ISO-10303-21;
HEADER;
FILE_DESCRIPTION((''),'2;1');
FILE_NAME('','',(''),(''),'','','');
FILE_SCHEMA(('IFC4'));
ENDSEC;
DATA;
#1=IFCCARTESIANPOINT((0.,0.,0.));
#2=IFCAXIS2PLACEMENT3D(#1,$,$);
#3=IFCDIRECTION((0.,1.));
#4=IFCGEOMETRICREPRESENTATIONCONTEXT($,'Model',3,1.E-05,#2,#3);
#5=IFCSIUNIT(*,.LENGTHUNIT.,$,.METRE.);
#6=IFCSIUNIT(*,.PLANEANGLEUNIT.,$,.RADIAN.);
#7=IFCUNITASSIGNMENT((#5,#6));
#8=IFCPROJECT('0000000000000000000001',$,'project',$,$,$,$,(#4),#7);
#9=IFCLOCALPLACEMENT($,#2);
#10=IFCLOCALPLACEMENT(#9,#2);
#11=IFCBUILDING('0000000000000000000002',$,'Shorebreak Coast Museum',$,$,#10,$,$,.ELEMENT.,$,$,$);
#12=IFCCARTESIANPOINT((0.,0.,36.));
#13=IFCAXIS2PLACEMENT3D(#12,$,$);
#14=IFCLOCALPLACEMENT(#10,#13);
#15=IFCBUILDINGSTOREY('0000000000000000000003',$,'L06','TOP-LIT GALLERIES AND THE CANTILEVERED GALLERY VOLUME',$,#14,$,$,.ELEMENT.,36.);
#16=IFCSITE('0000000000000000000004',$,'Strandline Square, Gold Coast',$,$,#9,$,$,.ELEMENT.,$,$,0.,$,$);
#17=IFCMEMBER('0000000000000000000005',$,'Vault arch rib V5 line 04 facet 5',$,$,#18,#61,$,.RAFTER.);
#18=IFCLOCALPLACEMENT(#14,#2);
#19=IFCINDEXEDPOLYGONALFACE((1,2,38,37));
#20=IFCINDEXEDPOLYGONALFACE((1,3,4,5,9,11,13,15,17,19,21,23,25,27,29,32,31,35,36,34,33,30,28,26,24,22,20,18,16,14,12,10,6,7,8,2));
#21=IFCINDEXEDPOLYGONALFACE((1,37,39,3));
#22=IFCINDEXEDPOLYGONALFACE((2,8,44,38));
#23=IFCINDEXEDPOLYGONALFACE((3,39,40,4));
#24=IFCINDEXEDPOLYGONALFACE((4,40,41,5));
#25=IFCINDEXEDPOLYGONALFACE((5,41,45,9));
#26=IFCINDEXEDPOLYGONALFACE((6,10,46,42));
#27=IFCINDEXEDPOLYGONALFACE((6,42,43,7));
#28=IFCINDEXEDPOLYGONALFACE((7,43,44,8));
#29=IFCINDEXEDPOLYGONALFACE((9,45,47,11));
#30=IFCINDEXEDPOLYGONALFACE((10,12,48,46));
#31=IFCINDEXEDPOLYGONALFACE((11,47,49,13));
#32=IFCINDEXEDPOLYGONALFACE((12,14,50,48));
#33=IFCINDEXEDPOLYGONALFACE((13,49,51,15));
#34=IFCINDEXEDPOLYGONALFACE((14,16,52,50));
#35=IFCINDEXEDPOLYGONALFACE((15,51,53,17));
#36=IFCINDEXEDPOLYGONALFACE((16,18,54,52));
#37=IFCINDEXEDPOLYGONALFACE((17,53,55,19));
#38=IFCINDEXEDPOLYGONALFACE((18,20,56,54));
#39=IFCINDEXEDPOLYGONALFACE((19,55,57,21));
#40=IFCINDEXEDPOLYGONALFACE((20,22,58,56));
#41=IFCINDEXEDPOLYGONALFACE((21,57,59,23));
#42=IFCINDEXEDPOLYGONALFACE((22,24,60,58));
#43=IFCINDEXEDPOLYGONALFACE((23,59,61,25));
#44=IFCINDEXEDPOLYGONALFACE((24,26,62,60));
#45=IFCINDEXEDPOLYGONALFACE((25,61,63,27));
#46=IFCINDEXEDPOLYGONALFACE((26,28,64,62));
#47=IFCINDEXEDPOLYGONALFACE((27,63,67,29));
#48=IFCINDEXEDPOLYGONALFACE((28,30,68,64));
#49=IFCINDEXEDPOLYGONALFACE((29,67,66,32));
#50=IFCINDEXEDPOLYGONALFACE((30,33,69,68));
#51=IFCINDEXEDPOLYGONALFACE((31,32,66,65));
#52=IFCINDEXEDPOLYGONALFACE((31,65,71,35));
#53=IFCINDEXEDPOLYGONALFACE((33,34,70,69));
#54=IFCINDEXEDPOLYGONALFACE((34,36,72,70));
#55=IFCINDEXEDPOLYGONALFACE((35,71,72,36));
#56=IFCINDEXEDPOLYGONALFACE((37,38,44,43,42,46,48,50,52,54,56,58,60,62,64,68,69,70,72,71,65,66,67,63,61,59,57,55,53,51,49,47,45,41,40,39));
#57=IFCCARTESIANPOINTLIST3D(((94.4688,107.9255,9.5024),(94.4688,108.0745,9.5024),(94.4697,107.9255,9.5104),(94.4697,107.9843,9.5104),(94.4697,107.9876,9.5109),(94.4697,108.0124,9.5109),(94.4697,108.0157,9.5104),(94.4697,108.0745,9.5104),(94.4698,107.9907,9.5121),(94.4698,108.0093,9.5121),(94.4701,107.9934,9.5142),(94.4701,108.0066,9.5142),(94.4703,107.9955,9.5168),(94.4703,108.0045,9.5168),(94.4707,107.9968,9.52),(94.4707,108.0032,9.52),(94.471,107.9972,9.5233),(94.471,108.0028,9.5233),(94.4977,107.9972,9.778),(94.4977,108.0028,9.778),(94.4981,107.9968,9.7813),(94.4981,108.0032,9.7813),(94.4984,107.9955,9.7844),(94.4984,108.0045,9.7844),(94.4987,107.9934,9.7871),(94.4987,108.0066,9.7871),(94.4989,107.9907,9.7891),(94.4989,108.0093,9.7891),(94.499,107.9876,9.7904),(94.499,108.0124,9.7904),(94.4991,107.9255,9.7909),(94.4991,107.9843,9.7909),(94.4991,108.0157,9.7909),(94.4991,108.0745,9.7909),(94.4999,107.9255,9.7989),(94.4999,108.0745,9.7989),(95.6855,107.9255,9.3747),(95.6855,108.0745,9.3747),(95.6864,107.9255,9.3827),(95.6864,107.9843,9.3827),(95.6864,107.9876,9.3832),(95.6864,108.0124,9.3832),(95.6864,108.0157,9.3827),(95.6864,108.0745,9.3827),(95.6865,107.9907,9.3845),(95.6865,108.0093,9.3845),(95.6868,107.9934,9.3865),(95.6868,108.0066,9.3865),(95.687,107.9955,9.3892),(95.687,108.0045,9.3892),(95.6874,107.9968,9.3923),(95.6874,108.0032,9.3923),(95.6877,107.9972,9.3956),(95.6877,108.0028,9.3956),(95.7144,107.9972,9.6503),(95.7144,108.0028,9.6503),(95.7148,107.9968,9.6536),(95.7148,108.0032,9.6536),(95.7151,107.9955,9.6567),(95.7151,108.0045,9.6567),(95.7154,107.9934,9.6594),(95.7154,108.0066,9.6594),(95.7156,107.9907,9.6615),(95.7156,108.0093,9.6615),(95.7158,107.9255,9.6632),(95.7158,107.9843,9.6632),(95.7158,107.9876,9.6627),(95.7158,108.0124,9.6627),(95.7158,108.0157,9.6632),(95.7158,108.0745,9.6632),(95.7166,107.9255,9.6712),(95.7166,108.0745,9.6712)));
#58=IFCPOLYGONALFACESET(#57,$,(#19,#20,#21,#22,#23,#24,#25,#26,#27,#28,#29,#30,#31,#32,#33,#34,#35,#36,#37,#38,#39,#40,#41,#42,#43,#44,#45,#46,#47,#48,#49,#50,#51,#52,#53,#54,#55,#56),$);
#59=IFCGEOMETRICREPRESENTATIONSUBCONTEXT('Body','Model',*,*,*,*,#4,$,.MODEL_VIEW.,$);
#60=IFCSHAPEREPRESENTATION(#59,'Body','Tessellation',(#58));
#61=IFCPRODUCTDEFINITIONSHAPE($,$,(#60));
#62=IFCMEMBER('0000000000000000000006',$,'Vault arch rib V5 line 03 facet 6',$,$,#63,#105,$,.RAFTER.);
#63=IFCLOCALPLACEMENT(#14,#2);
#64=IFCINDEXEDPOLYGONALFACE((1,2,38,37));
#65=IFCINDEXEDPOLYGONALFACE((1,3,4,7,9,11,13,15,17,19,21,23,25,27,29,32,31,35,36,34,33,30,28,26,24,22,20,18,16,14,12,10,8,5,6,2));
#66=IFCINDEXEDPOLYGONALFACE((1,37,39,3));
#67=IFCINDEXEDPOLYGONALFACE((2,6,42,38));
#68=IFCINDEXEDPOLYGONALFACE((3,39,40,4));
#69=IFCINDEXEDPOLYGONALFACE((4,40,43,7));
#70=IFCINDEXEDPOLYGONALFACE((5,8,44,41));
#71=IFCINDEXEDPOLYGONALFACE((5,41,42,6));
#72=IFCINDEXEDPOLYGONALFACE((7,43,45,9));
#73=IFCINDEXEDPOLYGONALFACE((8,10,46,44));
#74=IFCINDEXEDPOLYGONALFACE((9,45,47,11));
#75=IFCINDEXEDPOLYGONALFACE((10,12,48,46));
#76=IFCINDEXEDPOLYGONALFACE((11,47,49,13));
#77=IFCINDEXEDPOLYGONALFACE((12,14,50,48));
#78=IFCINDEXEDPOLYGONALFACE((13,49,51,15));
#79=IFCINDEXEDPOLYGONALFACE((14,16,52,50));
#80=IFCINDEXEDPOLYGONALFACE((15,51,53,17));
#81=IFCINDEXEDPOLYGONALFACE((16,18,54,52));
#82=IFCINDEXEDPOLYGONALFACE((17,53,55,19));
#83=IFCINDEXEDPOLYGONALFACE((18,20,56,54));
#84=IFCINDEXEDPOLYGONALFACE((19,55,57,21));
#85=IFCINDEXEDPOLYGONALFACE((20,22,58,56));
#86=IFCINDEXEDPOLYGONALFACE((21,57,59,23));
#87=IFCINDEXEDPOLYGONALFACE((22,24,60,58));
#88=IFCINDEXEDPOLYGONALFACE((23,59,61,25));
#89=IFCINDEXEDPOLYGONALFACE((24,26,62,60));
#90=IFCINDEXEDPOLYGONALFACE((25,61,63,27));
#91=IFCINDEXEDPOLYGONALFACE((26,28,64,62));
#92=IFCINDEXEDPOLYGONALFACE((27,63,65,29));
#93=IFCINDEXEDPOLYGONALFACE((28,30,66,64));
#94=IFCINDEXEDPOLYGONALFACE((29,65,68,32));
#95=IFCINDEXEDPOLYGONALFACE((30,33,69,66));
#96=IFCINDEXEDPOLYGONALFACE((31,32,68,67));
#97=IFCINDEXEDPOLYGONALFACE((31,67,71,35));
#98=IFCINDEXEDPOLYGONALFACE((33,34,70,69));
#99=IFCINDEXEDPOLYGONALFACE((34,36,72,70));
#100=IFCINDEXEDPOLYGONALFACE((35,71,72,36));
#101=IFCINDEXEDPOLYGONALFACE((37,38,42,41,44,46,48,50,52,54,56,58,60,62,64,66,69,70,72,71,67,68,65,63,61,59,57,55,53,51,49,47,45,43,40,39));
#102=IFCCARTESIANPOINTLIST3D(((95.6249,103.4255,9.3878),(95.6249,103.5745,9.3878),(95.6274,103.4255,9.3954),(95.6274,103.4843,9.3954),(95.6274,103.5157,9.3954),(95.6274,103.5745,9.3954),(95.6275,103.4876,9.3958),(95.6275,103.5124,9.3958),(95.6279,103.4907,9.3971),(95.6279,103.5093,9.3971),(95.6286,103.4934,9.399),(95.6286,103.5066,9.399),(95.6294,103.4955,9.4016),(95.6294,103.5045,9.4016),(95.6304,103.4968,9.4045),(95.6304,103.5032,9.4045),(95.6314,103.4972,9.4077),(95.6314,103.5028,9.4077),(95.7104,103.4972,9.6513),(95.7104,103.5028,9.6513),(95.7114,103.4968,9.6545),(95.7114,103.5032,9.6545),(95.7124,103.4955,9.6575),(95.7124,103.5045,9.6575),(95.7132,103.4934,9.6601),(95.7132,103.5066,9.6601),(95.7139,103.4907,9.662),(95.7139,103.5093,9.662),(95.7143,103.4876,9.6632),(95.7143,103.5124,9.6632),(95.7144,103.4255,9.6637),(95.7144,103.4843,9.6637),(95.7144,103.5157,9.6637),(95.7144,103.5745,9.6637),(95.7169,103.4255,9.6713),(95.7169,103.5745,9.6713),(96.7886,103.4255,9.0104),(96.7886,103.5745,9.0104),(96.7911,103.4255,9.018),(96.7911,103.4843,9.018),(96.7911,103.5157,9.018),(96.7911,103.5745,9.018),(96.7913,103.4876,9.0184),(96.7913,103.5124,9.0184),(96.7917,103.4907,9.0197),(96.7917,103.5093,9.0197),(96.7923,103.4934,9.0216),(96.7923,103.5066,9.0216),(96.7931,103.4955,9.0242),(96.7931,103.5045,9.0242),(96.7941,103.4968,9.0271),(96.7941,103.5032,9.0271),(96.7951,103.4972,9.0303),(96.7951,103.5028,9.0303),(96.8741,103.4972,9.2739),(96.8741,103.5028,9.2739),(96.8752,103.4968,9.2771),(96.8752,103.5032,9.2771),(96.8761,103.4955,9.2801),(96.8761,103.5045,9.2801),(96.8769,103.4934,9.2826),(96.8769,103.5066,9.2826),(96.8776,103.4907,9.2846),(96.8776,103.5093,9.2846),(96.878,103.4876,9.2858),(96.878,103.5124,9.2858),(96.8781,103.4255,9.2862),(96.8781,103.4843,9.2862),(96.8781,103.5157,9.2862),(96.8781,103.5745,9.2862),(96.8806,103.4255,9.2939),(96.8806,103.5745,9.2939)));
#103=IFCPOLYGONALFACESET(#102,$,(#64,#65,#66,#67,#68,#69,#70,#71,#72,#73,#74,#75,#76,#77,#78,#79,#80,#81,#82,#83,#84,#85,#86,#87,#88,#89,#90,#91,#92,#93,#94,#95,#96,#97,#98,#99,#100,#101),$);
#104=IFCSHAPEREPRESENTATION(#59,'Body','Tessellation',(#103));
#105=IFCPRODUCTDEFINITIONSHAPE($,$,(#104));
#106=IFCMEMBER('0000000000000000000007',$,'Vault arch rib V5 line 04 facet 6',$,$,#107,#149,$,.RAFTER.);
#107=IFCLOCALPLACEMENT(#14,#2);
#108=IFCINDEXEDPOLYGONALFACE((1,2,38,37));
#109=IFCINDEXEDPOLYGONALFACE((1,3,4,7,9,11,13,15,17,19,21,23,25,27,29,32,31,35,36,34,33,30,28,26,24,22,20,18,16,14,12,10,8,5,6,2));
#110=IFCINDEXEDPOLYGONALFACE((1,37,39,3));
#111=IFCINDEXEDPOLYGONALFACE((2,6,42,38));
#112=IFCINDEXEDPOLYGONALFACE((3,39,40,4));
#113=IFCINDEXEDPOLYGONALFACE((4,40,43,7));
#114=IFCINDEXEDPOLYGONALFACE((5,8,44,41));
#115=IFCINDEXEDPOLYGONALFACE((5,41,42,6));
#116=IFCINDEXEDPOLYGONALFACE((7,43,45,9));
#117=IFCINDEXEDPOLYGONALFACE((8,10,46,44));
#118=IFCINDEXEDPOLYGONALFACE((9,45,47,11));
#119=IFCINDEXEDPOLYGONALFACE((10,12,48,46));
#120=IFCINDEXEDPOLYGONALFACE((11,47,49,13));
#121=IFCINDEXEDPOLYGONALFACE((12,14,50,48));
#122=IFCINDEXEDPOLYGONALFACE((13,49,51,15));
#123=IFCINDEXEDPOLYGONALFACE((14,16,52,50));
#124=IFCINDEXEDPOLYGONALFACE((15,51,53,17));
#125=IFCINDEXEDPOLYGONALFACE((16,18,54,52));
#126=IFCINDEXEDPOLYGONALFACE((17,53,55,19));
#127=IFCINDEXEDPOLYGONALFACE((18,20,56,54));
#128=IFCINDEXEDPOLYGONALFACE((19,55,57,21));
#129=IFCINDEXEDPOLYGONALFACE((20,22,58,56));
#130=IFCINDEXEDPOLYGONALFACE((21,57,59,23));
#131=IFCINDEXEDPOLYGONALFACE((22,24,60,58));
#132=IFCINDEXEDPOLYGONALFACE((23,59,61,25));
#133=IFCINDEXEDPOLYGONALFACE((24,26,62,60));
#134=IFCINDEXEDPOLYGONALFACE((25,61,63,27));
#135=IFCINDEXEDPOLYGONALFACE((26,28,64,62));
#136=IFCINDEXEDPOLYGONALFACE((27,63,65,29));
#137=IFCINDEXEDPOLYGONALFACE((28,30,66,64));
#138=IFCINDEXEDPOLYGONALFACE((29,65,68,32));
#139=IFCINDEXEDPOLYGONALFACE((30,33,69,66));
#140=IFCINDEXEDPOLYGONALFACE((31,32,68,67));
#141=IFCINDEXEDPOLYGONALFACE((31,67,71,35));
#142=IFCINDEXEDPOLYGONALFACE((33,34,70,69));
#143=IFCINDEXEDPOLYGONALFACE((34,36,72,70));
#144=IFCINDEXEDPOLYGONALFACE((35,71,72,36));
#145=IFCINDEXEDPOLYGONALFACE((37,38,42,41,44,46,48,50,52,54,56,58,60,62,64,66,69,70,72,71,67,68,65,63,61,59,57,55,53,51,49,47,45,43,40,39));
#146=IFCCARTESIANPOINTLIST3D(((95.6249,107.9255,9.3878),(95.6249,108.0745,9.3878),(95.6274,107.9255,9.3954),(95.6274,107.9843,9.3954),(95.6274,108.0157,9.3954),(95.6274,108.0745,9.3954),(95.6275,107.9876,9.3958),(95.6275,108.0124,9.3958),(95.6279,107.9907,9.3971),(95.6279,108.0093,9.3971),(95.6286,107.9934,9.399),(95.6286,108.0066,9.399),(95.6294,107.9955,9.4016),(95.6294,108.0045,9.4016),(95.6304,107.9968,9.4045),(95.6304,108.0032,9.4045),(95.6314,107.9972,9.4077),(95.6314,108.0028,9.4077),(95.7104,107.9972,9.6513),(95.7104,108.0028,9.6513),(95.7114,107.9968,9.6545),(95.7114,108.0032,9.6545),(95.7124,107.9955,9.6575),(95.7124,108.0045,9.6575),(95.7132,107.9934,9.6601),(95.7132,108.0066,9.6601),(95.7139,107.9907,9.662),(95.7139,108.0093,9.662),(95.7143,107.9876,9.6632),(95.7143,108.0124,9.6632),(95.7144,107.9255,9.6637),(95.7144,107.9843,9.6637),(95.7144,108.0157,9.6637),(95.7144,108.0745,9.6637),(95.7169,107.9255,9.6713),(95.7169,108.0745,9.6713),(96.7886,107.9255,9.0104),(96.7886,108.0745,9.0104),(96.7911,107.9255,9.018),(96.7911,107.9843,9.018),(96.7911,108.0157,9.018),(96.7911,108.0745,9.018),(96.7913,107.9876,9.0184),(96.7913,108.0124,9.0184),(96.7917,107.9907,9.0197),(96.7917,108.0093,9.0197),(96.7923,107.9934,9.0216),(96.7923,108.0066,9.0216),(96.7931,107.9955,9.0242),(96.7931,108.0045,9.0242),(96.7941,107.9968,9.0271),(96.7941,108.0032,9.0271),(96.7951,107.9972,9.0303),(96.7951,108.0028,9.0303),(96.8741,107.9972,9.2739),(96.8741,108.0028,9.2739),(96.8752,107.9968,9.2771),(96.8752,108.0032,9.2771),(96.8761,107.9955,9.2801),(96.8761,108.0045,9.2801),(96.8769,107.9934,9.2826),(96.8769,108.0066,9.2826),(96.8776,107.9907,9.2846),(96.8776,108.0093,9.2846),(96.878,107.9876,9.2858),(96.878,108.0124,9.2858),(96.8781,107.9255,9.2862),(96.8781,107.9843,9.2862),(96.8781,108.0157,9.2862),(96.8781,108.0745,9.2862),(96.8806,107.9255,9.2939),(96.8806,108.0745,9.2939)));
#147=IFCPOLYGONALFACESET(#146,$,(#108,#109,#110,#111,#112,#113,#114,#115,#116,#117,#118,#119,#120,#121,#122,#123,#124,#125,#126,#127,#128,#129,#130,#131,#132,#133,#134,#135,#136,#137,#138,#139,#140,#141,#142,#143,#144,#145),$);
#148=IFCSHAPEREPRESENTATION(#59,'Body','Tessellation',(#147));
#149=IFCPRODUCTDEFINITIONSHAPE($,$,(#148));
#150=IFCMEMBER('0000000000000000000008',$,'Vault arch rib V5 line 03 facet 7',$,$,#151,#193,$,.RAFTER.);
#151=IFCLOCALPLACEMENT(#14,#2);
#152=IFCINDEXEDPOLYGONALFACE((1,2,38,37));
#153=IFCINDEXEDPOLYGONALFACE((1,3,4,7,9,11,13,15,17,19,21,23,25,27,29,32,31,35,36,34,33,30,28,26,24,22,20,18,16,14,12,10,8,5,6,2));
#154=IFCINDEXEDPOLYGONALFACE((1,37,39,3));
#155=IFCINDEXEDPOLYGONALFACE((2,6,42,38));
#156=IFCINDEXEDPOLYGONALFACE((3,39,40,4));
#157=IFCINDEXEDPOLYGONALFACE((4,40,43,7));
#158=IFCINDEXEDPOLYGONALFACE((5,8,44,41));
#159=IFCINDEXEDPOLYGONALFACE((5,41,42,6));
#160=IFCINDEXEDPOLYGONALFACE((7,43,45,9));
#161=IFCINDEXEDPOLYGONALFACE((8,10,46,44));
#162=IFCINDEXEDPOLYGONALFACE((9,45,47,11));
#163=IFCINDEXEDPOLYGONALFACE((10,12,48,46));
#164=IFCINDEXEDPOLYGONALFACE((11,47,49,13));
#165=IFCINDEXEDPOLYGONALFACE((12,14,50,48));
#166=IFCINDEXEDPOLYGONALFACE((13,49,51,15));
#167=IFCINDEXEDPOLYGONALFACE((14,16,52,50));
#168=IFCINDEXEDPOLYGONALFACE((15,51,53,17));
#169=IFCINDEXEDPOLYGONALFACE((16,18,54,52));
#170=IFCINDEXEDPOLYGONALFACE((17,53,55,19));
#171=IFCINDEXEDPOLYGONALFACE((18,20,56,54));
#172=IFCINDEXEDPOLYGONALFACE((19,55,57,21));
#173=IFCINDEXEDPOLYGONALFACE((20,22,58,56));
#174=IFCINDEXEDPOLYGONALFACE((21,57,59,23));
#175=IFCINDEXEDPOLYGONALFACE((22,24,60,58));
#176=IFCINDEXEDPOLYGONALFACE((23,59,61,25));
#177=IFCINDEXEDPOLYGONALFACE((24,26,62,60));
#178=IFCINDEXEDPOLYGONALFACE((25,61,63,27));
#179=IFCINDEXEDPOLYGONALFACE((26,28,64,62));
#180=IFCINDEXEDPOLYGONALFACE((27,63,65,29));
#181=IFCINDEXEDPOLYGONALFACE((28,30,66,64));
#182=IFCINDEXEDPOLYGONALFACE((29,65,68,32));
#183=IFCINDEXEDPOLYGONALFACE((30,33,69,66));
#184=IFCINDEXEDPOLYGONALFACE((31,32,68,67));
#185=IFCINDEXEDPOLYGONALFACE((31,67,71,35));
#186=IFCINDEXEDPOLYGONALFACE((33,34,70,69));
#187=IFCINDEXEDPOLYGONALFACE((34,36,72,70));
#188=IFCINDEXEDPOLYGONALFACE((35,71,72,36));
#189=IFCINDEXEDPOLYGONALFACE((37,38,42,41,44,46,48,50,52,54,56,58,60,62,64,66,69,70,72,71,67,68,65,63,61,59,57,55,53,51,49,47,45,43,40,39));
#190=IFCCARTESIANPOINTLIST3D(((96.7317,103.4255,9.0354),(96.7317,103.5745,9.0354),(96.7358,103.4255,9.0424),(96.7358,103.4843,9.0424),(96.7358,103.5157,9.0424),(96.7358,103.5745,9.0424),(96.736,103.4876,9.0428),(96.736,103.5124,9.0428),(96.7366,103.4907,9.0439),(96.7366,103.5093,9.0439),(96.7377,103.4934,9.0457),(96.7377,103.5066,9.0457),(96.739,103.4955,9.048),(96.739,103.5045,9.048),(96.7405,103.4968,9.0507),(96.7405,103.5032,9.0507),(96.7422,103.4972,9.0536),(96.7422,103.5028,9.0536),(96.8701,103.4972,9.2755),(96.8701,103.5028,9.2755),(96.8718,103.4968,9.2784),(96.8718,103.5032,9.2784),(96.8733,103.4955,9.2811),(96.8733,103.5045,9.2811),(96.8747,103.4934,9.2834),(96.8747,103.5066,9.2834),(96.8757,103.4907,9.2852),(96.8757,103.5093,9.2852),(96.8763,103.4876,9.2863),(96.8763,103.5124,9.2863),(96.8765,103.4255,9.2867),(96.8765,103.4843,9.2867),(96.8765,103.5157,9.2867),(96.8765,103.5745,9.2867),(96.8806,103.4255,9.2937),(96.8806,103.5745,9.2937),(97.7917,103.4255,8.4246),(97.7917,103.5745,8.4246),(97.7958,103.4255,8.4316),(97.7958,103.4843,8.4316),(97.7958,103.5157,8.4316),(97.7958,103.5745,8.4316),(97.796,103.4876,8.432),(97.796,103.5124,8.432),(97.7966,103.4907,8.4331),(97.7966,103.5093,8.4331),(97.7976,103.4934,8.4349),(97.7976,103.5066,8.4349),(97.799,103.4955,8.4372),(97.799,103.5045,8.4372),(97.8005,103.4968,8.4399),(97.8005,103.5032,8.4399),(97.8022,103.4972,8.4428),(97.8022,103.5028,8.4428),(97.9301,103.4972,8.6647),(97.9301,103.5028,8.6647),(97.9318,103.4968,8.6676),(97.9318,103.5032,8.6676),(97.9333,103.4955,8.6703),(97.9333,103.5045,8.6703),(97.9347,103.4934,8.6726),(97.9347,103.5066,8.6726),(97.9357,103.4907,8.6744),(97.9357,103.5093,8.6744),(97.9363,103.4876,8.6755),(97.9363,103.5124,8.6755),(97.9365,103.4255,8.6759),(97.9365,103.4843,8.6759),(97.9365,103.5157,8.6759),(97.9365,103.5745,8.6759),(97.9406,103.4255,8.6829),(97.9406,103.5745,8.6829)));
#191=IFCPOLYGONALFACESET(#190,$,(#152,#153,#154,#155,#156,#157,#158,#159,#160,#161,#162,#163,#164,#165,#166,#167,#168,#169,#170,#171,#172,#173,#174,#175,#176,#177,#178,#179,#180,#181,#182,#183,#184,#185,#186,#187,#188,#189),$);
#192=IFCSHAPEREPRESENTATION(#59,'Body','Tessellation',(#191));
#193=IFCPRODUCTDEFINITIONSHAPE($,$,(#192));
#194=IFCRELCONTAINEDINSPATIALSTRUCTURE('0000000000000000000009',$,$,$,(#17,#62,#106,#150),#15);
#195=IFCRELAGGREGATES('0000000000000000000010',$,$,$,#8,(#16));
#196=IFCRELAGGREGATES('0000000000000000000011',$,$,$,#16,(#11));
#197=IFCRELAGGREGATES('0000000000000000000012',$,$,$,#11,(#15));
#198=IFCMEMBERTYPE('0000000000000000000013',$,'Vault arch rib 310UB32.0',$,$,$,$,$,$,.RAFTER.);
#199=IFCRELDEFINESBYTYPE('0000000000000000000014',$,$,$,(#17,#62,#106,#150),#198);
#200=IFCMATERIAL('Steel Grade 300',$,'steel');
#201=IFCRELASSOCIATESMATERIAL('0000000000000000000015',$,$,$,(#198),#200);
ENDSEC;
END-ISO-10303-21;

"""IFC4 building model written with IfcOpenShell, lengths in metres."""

from ifc_helpers import new_model, si_unit, direction, frame, origin, origin_2d, place, context, subcontext, project, spatial, i_section, extrude, material, material_profile, profile_set, type_object, element, save


model = new_model("IFC4")

# Units and contexts
model_context = context("Model", 3, precision=1e-05, world=origin(), true_north=direction((0.0, 1.0)))
body_context = subcontext(model_context, "Body", "Model", "MODEL_VIEW")
ifc_project = project(units=[si_unit("LENGTHUNIT", "METRE"), si_unit("PLANEANGLEUNIT", "RADIAN")], contexts=[model_context])

# Site, building, storey
site_placement = place(None, origin())
site = spatial("IfcSite", under=ifc_project, at=site_placement, Name="Strandline Square, Gold Coast", CompositionType="ELEMENT", RefElevation=0.0)
building_placement = place(site_placement, origin())
building = spatial("IfcBuilding", under=site, at=building_placement, Name="Shorebreak Coast Museum", CompositionType="ELEMENT")
storey_placement = place(building_placement, frame((0.0, 0.0, 36.0)))
storey = spatial("IfcBuildingStorey", under=building, at=storey_placement, Name="L06", Description="TOP-LIT GALLERIES AND THE CANTILEVERED GALLERY VOLUME", CompositionType="ELEMENT", Elevation=36.0)

# Members
ifc_material_1 = material(Name="Steel Grade 300", Category="steel")
ifc_material_profile_1 = material_profile(ifc_material_1, i_section(OverallWidth=0.1489, OverallDepth=0.2981, WebThickness=0.0056, FlangeThickness=0.0081, FilletRadius=0.0129, at=origin_2d()), Name="310UB32.0")
ifc_profile_set_1 = profile_set([ifc_material_profile_1], Name="Steel Grade 300")
member_type_1 = type_object("IfcMemberType", Name="Vault arch rib 310UB32.0", PredefinedType="RAFTER", material=ifc_profile_set_1)
for number, where, z_axis, x_axis, name in (
    (1, (94.4844, 108.0, 9.6506), (0.994539, 0.0, -0.104363), (0.0, 1.0, 0.0), "Vault arch rib V5 line 04 facet 5"),
    (2, (95.6709, 103.5, 9.5295), (0.951226, 0.0, -0.308495), (0.0, 1.0, 0.0), "Vault arch rib V5 line 03 facet 6"),
    (3, (95.6709, 108.0, 9.5295), (0.951226, 0.0, -0.308495), (0.0, 1.0, 0.0), "Vault arch rib V5 line 04 facet 6"),
    (4, (96.8062, 103.5, 9.1646), (0.866445, 0.0, -0.499273), (0.0, 1.0, 0.0), "Vault arch rib V5 line 03 facet 7"),
):
    element("IfcMember", number, at=place(storey_placement, frame(where, z_axis=z_axis, x_axis=x_axis)), inside=storey, type_object=member_type_1, Name=name, PredefinedType="RAFTER", context=body_context, shape_type="SweptSolid", body=[
        extrude(i_section(OverallWidth=0.1489, OverallDepth=0.2981, WebThickness=0.0056, FlangeThickness=0.0081, FilletRadius=0.0129, at=origin_2d()), origin(), (0.0, 0.0, 1.0), 1.2234),
    ])

save(model, "model.ifc")
